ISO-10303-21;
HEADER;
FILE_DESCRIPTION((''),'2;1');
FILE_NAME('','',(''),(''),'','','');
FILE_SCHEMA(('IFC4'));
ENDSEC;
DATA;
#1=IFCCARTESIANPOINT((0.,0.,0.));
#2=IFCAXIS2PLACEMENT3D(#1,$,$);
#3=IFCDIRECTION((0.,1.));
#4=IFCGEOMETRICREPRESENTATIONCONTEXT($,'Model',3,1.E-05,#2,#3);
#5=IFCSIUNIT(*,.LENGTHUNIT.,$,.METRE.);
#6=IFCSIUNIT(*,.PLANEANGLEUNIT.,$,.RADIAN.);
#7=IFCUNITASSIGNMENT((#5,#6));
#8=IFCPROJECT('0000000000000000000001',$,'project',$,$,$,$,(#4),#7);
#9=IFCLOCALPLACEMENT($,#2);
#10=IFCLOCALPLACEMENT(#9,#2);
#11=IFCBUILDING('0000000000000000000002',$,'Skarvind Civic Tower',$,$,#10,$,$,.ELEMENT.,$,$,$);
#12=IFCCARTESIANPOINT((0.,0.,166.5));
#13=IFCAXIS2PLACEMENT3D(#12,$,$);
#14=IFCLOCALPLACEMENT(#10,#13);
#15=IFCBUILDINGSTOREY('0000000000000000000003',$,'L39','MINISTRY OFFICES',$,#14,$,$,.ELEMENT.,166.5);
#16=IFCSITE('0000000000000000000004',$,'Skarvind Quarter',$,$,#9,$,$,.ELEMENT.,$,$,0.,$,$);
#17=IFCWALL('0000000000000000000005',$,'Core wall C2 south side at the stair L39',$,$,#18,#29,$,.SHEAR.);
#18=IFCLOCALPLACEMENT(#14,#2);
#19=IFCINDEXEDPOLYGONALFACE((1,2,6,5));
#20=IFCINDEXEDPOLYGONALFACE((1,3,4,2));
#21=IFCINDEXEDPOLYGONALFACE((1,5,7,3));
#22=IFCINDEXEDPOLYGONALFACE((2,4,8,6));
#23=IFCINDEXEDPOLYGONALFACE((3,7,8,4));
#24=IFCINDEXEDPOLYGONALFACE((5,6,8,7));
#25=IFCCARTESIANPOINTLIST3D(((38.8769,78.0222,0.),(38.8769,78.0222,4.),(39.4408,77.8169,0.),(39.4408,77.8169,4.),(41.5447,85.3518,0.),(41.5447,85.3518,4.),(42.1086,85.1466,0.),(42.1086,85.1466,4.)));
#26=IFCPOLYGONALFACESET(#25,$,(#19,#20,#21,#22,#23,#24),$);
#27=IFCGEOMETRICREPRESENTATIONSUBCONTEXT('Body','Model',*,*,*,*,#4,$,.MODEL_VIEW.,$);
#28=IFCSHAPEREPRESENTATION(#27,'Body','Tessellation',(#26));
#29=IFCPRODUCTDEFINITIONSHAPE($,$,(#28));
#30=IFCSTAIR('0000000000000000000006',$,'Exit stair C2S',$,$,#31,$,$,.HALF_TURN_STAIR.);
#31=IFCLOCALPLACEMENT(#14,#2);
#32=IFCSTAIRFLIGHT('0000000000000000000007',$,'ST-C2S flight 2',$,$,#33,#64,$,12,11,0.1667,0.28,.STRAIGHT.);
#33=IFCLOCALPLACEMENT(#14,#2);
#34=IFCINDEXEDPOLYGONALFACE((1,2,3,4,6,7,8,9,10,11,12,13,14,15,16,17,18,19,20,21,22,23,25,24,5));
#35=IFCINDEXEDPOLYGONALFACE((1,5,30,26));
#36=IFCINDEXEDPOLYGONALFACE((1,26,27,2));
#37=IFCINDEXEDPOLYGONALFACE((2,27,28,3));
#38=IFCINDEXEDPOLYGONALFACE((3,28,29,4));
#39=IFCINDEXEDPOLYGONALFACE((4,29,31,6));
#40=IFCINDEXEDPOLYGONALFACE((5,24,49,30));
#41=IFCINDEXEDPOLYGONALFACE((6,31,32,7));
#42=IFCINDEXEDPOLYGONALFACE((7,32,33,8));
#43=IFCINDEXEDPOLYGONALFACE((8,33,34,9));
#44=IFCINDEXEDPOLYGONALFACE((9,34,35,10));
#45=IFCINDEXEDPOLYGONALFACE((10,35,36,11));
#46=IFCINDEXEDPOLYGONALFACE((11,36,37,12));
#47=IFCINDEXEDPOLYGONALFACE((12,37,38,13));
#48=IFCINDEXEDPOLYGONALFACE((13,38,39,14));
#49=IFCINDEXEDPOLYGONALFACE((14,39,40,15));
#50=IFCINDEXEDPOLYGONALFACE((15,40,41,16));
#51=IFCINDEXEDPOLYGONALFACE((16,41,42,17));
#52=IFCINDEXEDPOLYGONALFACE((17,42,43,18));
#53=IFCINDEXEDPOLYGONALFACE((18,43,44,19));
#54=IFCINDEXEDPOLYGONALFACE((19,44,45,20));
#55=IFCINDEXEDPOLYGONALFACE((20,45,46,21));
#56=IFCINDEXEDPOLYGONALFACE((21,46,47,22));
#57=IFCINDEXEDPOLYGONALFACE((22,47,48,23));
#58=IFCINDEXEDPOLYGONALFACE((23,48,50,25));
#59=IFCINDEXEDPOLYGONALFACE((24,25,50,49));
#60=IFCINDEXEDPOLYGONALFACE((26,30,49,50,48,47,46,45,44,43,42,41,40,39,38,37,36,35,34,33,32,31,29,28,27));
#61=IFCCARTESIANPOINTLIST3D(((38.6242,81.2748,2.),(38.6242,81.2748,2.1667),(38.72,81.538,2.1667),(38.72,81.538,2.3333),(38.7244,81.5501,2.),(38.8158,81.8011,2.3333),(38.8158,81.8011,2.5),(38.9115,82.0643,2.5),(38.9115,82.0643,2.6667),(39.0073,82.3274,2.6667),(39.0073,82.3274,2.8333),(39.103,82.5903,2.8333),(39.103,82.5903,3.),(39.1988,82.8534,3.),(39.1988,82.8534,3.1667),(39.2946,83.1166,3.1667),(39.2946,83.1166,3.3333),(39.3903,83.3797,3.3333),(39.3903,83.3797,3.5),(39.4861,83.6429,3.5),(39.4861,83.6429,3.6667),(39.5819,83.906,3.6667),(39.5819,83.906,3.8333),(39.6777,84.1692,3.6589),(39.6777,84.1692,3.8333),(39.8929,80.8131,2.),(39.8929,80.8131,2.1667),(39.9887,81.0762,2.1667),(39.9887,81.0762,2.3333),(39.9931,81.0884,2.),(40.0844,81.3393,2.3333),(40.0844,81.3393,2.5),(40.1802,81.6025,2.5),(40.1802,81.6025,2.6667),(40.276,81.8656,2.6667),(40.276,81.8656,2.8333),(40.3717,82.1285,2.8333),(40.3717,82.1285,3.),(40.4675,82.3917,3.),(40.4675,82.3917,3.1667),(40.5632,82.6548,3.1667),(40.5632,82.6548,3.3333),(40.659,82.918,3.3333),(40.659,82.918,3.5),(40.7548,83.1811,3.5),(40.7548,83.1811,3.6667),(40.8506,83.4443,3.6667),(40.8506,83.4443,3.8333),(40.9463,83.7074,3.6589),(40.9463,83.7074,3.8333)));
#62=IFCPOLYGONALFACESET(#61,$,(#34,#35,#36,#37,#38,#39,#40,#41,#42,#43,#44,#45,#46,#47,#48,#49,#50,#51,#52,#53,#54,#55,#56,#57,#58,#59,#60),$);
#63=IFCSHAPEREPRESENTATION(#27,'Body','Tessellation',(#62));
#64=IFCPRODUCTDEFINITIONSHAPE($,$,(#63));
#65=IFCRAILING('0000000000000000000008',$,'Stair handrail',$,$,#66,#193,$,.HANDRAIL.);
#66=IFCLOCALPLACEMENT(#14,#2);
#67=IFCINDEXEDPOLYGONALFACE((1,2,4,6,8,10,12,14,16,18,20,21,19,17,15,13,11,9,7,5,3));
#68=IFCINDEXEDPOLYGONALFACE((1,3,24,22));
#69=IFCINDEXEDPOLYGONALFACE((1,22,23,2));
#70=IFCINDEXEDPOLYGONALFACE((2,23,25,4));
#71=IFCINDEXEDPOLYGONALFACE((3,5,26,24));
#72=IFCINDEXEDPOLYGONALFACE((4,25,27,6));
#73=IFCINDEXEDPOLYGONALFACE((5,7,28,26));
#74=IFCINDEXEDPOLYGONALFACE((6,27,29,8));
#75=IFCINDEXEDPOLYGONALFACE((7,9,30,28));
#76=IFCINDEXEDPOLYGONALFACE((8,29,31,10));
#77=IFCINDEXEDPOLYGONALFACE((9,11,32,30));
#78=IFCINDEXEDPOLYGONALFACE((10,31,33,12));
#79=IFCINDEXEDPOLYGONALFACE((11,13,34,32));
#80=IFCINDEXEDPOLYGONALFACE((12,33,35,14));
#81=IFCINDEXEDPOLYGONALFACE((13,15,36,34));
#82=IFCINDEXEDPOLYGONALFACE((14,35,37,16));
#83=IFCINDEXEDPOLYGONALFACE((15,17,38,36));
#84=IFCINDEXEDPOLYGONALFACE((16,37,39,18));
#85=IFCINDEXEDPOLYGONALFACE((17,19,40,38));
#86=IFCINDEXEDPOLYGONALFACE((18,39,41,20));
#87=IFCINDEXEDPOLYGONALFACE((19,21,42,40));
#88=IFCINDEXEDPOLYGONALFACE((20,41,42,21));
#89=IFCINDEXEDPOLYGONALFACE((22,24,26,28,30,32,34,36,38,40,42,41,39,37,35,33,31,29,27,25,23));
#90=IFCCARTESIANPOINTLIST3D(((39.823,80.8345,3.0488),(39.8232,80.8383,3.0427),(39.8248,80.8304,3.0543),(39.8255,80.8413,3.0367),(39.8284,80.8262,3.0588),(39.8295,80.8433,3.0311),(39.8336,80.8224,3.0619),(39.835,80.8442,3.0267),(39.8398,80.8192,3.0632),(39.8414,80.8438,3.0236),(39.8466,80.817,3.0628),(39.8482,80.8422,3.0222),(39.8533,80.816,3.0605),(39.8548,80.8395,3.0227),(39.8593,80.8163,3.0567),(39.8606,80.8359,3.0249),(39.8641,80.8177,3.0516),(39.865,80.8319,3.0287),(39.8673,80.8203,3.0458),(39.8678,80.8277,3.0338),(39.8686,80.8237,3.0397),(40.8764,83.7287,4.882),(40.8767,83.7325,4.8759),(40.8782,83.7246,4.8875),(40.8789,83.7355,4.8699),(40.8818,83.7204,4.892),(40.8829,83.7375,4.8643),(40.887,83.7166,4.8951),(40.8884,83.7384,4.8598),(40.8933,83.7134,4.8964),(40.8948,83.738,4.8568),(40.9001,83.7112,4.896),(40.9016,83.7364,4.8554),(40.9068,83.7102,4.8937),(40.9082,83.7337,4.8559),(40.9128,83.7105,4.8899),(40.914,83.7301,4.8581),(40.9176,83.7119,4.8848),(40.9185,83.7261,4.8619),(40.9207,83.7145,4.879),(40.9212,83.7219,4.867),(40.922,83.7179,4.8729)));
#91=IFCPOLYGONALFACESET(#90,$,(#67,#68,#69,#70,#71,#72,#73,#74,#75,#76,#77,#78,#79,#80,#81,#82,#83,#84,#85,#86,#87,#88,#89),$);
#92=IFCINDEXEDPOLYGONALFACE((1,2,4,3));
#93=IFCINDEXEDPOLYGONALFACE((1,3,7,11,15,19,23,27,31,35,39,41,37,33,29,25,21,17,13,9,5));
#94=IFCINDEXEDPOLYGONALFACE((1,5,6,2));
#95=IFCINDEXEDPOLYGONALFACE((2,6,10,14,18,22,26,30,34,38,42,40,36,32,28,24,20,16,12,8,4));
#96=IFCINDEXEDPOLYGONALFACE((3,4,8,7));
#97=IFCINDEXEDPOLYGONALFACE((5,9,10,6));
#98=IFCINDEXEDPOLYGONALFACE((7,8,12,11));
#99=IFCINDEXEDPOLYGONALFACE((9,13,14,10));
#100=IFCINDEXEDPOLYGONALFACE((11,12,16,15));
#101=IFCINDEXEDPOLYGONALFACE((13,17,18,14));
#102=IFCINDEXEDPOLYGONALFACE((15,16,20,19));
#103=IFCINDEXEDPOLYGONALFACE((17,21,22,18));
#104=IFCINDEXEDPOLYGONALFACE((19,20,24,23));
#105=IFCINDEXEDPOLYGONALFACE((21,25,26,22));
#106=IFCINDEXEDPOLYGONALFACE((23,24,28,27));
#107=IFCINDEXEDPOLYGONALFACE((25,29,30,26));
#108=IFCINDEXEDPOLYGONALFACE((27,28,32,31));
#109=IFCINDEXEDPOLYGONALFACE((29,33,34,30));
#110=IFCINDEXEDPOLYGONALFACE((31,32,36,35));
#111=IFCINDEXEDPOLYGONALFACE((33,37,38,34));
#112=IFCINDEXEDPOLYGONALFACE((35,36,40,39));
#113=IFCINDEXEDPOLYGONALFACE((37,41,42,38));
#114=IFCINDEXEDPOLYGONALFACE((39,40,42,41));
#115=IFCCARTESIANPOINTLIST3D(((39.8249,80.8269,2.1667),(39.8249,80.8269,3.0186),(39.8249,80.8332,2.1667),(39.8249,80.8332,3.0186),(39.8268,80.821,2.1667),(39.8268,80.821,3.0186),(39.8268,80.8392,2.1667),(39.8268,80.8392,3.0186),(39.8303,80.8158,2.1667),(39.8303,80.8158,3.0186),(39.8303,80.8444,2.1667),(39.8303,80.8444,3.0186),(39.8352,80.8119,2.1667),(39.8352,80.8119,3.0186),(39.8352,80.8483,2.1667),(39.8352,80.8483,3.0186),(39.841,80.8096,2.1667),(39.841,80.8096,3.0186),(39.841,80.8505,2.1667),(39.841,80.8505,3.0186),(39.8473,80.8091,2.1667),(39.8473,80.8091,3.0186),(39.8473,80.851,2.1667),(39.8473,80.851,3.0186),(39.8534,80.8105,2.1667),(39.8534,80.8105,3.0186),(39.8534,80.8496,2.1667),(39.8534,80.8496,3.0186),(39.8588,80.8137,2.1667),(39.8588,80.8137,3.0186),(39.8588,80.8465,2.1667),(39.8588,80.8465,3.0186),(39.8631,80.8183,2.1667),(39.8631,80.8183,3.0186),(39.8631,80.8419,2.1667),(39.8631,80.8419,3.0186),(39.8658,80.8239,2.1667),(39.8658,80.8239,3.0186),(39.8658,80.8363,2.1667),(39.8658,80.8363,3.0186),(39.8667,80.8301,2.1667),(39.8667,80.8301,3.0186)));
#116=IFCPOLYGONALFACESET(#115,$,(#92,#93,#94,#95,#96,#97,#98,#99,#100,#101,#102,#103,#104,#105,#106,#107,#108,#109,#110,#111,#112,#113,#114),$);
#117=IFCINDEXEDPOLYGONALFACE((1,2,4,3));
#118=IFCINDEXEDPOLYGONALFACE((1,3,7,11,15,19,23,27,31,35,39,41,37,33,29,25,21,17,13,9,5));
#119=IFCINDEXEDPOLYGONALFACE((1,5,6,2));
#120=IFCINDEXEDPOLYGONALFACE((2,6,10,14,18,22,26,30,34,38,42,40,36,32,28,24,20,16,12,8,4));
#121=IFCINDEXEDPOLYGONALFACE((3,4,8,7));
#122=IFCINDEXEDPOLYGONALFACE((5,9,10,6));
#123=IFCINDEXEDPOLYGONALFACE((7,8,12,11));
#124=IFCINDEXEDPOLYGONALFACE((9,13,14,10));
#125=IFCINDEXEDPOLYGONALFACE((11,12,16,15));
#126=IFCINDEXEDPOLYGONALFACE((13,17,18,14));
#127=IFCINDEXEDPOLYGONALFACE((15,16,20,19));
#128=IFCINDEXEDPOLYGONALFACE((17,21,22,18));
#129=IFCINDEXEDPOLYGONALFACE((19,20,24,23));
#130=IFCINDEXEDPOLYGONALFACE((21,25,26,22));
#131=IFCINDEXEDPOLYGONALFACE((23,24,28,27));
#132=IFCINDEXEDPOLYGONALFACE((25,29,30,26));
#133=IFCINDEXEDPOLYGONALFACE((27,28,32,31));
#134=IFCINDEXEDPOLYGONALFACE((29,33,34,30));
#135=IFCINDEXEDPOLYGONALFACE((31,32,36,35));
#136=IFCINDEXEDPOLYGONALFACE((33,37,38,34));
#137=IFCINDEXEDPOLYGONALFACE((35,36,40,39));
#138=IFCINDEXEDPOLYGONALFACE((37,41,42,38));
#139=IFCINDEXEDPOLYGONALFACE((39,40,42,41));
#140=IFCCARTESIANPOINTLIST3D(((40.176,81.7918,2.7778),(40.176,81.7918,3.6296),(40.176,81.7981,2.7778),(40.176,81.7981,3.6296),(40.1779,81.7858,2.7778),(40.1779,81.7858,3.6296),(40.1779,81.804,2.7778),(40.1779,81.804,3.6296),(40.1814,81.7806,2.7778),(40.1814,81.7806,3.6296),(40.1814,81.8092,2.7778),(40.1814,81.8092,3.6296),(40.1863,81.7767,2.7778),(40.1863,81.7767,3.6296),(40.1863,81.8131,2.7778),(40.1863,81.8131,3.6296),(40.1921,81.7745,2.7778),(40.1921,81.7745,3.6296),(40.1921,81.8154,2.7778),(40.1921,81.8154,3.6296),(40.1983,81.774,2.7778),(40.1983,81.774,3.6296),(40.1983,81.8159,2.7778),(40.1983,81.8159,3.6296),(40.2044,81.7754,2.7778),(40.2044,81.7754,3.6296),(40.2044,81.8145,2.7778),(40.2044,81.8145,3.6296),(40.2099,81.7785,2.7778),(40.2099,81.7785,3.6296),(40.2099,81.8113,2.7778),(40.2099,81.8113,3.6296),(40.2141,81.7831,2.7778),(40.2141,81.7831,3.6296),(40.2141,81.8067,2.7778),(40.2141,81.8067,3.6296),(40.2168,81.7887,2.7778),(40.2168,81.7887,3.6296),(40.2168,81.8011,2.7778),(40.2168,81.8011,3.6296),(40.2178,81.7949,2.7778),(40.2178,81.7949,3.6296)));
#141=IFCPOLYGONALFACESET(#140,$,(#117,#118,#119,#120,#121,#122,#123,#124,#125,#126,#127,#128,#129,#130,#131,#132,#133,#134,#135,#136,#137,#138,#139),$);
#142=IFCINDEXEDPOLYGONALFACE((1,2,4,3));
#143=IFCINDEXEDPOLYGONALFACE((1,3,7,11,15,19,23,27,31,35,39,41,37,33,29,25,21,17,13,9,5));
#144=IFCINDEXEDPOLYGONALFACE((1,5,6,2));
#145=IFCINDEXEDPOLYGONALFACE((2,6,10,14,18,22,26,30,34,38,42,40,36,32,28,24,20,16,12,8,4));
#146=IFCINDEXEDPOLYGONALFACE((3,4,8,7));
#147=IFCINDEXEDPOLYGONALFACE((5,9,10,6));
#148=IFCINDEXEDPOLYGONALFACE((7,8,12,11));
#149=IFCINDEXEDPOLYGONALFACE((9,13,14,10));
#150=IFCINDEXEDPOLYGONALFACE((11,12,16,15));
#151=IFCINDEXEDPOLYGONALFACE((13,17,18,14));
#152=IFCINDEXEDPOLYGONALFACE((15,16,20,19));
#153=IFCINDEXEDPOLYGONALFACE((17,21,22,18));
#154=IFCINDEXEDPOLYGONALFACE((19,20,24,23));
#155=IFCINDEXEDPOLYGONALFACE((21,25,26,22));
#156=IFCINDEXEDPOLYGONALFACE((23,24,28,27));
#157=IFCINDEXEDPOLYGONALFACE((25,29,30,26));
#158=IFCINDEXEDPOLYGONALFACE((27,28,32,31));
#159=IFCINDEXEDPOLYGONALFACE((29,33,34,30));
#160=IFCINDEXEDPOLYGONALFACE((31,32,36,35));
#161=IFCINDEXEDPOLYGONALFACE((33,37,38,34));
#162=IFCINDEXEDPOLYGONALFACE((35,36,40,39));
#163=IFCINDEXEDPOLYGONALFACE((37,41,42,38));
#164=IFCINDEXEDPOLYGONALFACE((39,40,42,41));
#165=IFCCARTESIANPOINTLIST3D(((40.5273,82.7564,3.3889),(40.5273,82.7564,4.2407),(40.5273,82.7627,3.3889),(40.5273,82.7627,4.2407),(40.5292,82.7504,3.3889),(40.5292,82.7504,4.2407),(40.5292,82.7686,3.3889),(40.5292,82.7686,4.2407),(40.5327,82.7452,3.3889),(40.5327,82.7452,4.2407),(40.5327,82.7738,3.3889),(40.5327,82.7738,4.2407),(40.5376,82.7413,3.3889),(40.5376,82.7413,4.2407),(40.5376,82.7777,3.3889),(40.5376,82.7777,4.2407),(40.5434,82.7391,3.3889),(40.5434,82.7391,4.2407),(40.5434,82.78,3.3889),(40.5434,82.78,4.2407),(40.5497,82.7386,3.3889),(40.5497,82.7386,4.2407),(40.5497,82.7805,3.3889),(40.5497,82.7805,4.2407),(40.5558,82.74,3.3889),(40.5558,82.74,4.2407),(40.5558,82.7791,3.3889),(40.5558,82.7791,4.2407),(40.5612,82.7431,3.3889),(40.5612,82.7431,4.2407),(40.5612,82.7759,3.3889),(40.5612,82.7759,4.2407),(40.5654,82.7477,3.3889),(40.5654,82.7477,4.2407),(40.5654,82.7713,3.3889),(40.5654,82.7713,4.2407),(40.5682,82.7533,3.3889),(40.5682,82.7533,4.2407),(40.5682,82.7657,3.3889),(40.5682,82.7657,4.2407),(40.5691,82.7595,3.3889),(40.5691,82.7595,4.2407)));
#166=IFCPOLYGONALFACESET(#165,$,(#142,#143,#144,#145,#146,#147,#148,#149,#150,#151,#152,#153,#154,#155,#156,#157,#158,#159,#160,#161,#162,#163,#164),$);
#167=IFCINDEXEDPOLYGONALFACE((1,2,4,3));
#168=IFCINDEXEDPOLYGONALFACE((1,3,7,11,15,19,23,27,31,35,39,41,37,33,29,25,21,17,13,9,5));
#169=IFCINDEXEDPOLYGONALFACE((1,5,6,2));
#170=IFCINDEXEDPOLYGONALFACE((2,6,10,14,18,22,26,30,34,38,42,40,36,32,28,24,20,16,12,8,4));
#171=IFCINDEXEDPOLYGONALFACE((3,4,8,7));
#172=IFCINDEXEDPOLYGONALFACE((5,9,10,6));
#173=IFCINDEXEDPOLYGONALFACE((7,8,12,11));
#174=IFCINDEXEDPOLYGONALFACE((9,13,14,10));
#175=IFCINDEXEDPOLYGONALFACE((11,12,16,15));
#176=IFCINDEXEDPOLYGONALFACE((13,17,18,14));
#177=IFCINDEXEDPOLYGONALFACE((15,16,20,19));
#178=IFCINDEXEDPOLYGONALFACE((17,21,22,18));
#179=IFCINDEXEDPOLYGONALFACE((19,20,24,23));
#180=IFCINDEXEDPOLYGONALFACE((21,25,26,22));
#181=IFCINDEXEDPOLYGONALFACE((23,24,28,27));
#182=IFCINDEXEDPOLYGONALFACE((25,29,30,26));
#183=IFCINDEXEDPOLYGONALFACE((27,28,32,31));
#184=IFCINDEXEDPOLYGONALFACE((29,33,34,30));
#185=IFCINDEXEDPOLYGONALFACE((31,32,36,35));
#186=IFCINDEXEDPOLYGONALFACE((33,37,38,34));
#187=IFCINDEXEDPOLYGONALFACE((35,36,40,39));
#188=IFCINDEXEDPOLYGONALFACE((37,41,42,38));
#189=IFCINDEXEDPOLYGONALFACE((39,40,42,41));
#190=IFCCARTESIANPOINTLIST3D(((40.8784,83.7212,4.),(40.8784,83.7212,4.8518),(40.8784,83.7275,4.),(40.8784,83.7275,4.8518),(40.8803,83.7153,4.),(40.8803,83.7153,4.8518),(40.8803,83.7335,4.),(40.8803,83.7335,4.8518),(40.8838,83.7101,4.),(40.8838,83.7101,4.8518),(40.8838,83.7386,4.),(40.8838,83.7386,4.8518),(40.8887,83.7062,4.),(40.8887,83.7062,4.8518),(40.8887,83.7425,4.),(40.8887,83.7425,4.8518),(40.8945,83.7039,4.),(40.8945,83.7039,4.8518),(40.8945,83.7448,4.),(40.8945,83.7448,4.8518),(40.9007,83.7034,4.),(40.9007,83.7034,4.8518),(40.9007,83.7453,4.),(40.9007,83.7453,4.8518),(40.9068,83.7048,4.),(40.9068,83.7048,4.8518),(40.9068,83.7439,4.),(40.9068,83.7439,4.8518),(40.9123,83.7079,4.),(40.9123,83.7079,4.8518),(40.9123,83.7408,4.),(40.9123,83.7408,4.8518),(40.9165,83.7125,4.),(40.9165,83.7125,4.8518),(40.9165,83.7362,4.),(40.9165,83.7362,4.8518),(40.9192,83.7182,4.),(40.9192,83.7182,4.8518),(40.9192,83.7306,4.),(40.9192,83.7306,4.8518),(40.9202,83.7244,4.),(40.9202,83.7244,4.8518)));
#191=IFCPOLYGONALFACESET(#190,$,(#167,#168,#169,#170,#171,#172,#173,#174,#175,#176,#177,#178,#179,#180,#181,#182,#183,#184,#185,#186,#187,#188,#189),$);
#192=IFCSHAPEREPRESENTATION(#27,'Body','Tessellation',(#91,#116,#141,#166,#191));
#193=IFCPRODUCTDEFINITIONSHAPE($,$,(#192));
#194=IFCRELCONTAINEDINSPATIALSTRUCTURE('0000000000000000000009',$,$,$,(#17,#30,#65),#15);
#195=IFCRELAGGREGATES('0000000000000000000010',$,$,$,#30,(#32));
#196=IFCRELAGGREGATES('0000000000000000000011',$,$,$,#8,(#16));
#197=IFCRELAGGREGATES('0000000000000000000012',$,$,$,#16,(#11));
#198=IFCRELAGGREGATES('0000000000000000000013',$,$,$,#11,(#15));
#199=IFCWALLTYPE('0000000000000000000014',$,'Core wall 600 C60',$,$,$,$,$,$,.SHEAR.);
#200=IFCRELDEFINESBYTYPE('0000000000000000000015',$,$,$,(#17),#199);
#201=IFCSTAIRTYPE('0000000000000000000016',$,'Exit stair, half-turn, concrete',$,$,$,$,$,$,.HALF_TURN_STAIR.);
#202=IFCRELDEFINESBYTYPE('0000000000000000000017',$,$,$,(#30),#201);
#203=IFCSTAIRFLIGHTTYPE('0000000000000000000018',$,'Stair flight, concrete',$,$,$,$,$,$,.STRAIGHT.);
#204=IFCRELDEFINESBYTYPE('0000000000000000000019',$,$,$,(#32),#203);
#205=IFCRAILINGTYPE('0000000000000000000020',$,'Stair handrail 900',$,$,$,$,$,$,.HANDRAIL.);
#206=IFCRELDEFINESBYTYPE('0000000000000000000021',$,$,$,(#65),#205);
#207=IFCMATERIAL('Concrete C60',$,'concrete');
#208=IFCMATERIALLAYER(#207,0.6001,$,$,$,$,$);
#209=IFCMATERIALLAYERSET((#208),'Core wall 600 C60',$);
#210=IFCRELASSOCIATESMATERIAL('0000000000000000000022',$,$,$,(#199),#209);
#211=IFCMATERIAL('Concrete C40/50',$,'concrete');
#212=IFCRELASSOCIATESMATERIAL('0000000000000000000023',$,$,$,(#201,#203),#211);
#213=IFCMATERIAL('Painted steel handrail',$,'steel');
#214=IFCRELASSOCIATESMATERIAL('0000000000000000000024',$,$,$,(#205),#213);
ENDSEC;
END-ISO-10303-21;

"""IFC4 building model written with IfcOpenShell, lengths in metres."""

from ifc_helpers import new_model, si_unit, direction, frame, frame_2d, origin, origin_2d, place, context, subcontext, project, spatial, polyline, rectangle, circle, outline, extrude, material, layer, layer_set, type_object, element, aggregate, save


model = new_model("IFC4")

# Units and contexts
model_context = context("Model", 3, precision=1e-05, world=origin(), true_north=direction((0.0, 1.0)))
body_context = subcontext(model_context, "Body", "Model", "MODEL_VIEW")
ifc_project = project(units=[si_unit("LENGTHUNIT", "METRE"), si_unit("PLANEANGLEUNIT", "RADIAN")], contexts=[model_context])

# Site, building, storey
site_placement = place(None, origin())
site = spatial("IfcSite", under=ifc_project, at=site_placement, Name="Skarvind Quarter", CompositionType="ELEMENT", RefElevation=0.0)
building_placement = place(site_placement, origin())
building = spatial("IfcBuilding", under=site, at=building_placement, Name="Skarvind Civic Tower", CompositionType="ELEMENT")
storey_placement = place(building_placement, frame((0.0, 0.0, 166.5)))
storey = spatial("IfcBuildingStorey", under=building, at=storey_placement, Name="L39", Description="MINISTRY OFFICES", CompositionType="ELEMENT", Elevation=166.5)

# Shared definitions
ifc_material_1 = material(Name="Concrete C40/50", Category="concrete")

# Shared definitions
ifc_material_2 = material(Name="Concrete C60", Category="concrete")

# Wall
ifc_layer_1 = layer(ifc_material_2, 0.6001)
ifc_layer_set_1 = layer_set([ifc_layer_1], Name="Core wall 600 C60")
wall_type_1 = type_object("IfcWallType", Name="Core wall 600 C60", PredefinedType="SHEAR", material=ifc_layer_set_1)
wall_1_placement = place(storey_placement, frame((39.1589, 77.9197, 0.0), z_axis=(0.0, 0.0, 1.0), x_axis=(0.342017, 0.939694, 0.0)))
element("IfcWall", 1, at=wall_1_placement, inside=storey, type_object=wall_type_1, Name="Core wall C2 south side at the stair L39", PredefinedType="SHEAR", context=body_context, shape_type="SweptSolid", body=[
    extrude(rectangle(XDim=7.8, YDim=0.6001, at=frame_2d((3.8999, 0.0))), origin(), (0.0, 0.0, 1.0), 4.0),
])

# Stair, stair flight
stair_type_1 = type_object("IfcStairType", Name="Exit stair, half-turn, concrete", PredefinedType="HALF_TURN_STAIR", material=ifc_material_1)
stair_1_placement = place(storey_placement, origin())
stair_1 = element("IfcStair", 2, at=stair_1_placement, inside=storey, type_object=stair_type_1, Name="Exit stair C2S", PredefinedType="HALF_TURN_STAIR")
stair_flight_type = type_object("IfcStairFlightType", Name="Stair flight, concrete", PredefinedType="STRAIGHT", material=ifc_material_1)
stair_flight_placement = place(storey_placement, frame((39.2585, 81.0439, 2.0), z_axis=(0.0, 0.0, 1.0), x_axis=(0.34202, 0.939693, 0.0)))
stair_flight = element("IfcStairFlight", 3, at=stair_flight_placement, type_object=stair_flight_type, Name="ST-C2S flight 2", NumberOfRisers=12, NumberOfTreads=11, PredefinedType="STRAIGHT", RiserHeight=0.1667, TreadLength=0.28, context=body_context, shape_type="SweptSolid", body=[
    extrude(outline(polyline([(0.0, 0.0), (0.0, 0.1667), (0.28, 0.1667), (0.28, 0.3333), (0.5601, 0.3333), (0.5601, 0.5), (0.8401, 0.5), (0.8401, 0.6667), (1.1201, 0.6667), (1.1201, 0.8333), (1.3999, 0.8333), (1.3999, 1.0), (1.6799, 1.0), (1.6799, 1.1667), (1.96, 1.1667), (1.96, 1.3333), (2.24, 1.3333), (2.24, 1.5), (2.52, 1.5), (2.52, 1.6667), (2.8, 1.6667), (2.8, 1.8333), (3.0801, 1.8333), (3.0801, 2.0), (3.0801, 1.6589), (0.293, 0.0), (0.0, 0.0)])), frame((0.0, 0.675, 0.0), z_axis=(0.0, -1.0, 0.0), x_axis=(1.0, 0.0, 0.0)), (0.0, 0.0, 1.0), 1.3501),
])
aggregate(stair_1, [stair_flight])

# Railing
ifc_material_3 = material(Name="Painted steel handrail", Category="steel")
railing_type = type_object("IfcRailingType", Name="Stair handrail 900", PredefinedType="HANDRAIL", material=ifc_material_3)
railing_placement = place(storey_placement, frame((39.8457, 80.8301, 2.1667)))
element("IfcRailing", 4, at=railing_placement, inside=storey, type_object=railing_type, Name="Stair handrail", PredefinedType="HANDRAIL", context=body_context, shape_type="SweptSolid", body=[
    extrude(circle(Radius=0.0239, at=origin_2d()), frame((0.0, 0.0, 0.876), z_axis=(0.293908, 0.807481, 0.511461), x_axis=(-0.939689, 0.342029, 0.0)), (0.0, 0.0, 1.0), 3.5842),
    extrude(circle(Radius=0.021, at=origin_2d()), origin(), (0.0, 0.0, 1.0), 0.8518),
    extrude(circle(Radius=0.021, at=origin_2d()), frame((0.3511, 0.9648, 0.6111)), (0.0, 0.0, 1.0), 0.8518),
    extrude(circle(Radius=0.021, at=origin_2d()), frame((0.7024, 1.9294, 1.2222)), (0.0, 0.0, 1.0), 0.8518),
    extrude(circle(Radius=0.021, at=origin_2d()), frame((1.0535, 2.8943, 1.8333)), (0.0, 0.0, 1.0), 0.8518),
])

save(model, "model.ifc")
